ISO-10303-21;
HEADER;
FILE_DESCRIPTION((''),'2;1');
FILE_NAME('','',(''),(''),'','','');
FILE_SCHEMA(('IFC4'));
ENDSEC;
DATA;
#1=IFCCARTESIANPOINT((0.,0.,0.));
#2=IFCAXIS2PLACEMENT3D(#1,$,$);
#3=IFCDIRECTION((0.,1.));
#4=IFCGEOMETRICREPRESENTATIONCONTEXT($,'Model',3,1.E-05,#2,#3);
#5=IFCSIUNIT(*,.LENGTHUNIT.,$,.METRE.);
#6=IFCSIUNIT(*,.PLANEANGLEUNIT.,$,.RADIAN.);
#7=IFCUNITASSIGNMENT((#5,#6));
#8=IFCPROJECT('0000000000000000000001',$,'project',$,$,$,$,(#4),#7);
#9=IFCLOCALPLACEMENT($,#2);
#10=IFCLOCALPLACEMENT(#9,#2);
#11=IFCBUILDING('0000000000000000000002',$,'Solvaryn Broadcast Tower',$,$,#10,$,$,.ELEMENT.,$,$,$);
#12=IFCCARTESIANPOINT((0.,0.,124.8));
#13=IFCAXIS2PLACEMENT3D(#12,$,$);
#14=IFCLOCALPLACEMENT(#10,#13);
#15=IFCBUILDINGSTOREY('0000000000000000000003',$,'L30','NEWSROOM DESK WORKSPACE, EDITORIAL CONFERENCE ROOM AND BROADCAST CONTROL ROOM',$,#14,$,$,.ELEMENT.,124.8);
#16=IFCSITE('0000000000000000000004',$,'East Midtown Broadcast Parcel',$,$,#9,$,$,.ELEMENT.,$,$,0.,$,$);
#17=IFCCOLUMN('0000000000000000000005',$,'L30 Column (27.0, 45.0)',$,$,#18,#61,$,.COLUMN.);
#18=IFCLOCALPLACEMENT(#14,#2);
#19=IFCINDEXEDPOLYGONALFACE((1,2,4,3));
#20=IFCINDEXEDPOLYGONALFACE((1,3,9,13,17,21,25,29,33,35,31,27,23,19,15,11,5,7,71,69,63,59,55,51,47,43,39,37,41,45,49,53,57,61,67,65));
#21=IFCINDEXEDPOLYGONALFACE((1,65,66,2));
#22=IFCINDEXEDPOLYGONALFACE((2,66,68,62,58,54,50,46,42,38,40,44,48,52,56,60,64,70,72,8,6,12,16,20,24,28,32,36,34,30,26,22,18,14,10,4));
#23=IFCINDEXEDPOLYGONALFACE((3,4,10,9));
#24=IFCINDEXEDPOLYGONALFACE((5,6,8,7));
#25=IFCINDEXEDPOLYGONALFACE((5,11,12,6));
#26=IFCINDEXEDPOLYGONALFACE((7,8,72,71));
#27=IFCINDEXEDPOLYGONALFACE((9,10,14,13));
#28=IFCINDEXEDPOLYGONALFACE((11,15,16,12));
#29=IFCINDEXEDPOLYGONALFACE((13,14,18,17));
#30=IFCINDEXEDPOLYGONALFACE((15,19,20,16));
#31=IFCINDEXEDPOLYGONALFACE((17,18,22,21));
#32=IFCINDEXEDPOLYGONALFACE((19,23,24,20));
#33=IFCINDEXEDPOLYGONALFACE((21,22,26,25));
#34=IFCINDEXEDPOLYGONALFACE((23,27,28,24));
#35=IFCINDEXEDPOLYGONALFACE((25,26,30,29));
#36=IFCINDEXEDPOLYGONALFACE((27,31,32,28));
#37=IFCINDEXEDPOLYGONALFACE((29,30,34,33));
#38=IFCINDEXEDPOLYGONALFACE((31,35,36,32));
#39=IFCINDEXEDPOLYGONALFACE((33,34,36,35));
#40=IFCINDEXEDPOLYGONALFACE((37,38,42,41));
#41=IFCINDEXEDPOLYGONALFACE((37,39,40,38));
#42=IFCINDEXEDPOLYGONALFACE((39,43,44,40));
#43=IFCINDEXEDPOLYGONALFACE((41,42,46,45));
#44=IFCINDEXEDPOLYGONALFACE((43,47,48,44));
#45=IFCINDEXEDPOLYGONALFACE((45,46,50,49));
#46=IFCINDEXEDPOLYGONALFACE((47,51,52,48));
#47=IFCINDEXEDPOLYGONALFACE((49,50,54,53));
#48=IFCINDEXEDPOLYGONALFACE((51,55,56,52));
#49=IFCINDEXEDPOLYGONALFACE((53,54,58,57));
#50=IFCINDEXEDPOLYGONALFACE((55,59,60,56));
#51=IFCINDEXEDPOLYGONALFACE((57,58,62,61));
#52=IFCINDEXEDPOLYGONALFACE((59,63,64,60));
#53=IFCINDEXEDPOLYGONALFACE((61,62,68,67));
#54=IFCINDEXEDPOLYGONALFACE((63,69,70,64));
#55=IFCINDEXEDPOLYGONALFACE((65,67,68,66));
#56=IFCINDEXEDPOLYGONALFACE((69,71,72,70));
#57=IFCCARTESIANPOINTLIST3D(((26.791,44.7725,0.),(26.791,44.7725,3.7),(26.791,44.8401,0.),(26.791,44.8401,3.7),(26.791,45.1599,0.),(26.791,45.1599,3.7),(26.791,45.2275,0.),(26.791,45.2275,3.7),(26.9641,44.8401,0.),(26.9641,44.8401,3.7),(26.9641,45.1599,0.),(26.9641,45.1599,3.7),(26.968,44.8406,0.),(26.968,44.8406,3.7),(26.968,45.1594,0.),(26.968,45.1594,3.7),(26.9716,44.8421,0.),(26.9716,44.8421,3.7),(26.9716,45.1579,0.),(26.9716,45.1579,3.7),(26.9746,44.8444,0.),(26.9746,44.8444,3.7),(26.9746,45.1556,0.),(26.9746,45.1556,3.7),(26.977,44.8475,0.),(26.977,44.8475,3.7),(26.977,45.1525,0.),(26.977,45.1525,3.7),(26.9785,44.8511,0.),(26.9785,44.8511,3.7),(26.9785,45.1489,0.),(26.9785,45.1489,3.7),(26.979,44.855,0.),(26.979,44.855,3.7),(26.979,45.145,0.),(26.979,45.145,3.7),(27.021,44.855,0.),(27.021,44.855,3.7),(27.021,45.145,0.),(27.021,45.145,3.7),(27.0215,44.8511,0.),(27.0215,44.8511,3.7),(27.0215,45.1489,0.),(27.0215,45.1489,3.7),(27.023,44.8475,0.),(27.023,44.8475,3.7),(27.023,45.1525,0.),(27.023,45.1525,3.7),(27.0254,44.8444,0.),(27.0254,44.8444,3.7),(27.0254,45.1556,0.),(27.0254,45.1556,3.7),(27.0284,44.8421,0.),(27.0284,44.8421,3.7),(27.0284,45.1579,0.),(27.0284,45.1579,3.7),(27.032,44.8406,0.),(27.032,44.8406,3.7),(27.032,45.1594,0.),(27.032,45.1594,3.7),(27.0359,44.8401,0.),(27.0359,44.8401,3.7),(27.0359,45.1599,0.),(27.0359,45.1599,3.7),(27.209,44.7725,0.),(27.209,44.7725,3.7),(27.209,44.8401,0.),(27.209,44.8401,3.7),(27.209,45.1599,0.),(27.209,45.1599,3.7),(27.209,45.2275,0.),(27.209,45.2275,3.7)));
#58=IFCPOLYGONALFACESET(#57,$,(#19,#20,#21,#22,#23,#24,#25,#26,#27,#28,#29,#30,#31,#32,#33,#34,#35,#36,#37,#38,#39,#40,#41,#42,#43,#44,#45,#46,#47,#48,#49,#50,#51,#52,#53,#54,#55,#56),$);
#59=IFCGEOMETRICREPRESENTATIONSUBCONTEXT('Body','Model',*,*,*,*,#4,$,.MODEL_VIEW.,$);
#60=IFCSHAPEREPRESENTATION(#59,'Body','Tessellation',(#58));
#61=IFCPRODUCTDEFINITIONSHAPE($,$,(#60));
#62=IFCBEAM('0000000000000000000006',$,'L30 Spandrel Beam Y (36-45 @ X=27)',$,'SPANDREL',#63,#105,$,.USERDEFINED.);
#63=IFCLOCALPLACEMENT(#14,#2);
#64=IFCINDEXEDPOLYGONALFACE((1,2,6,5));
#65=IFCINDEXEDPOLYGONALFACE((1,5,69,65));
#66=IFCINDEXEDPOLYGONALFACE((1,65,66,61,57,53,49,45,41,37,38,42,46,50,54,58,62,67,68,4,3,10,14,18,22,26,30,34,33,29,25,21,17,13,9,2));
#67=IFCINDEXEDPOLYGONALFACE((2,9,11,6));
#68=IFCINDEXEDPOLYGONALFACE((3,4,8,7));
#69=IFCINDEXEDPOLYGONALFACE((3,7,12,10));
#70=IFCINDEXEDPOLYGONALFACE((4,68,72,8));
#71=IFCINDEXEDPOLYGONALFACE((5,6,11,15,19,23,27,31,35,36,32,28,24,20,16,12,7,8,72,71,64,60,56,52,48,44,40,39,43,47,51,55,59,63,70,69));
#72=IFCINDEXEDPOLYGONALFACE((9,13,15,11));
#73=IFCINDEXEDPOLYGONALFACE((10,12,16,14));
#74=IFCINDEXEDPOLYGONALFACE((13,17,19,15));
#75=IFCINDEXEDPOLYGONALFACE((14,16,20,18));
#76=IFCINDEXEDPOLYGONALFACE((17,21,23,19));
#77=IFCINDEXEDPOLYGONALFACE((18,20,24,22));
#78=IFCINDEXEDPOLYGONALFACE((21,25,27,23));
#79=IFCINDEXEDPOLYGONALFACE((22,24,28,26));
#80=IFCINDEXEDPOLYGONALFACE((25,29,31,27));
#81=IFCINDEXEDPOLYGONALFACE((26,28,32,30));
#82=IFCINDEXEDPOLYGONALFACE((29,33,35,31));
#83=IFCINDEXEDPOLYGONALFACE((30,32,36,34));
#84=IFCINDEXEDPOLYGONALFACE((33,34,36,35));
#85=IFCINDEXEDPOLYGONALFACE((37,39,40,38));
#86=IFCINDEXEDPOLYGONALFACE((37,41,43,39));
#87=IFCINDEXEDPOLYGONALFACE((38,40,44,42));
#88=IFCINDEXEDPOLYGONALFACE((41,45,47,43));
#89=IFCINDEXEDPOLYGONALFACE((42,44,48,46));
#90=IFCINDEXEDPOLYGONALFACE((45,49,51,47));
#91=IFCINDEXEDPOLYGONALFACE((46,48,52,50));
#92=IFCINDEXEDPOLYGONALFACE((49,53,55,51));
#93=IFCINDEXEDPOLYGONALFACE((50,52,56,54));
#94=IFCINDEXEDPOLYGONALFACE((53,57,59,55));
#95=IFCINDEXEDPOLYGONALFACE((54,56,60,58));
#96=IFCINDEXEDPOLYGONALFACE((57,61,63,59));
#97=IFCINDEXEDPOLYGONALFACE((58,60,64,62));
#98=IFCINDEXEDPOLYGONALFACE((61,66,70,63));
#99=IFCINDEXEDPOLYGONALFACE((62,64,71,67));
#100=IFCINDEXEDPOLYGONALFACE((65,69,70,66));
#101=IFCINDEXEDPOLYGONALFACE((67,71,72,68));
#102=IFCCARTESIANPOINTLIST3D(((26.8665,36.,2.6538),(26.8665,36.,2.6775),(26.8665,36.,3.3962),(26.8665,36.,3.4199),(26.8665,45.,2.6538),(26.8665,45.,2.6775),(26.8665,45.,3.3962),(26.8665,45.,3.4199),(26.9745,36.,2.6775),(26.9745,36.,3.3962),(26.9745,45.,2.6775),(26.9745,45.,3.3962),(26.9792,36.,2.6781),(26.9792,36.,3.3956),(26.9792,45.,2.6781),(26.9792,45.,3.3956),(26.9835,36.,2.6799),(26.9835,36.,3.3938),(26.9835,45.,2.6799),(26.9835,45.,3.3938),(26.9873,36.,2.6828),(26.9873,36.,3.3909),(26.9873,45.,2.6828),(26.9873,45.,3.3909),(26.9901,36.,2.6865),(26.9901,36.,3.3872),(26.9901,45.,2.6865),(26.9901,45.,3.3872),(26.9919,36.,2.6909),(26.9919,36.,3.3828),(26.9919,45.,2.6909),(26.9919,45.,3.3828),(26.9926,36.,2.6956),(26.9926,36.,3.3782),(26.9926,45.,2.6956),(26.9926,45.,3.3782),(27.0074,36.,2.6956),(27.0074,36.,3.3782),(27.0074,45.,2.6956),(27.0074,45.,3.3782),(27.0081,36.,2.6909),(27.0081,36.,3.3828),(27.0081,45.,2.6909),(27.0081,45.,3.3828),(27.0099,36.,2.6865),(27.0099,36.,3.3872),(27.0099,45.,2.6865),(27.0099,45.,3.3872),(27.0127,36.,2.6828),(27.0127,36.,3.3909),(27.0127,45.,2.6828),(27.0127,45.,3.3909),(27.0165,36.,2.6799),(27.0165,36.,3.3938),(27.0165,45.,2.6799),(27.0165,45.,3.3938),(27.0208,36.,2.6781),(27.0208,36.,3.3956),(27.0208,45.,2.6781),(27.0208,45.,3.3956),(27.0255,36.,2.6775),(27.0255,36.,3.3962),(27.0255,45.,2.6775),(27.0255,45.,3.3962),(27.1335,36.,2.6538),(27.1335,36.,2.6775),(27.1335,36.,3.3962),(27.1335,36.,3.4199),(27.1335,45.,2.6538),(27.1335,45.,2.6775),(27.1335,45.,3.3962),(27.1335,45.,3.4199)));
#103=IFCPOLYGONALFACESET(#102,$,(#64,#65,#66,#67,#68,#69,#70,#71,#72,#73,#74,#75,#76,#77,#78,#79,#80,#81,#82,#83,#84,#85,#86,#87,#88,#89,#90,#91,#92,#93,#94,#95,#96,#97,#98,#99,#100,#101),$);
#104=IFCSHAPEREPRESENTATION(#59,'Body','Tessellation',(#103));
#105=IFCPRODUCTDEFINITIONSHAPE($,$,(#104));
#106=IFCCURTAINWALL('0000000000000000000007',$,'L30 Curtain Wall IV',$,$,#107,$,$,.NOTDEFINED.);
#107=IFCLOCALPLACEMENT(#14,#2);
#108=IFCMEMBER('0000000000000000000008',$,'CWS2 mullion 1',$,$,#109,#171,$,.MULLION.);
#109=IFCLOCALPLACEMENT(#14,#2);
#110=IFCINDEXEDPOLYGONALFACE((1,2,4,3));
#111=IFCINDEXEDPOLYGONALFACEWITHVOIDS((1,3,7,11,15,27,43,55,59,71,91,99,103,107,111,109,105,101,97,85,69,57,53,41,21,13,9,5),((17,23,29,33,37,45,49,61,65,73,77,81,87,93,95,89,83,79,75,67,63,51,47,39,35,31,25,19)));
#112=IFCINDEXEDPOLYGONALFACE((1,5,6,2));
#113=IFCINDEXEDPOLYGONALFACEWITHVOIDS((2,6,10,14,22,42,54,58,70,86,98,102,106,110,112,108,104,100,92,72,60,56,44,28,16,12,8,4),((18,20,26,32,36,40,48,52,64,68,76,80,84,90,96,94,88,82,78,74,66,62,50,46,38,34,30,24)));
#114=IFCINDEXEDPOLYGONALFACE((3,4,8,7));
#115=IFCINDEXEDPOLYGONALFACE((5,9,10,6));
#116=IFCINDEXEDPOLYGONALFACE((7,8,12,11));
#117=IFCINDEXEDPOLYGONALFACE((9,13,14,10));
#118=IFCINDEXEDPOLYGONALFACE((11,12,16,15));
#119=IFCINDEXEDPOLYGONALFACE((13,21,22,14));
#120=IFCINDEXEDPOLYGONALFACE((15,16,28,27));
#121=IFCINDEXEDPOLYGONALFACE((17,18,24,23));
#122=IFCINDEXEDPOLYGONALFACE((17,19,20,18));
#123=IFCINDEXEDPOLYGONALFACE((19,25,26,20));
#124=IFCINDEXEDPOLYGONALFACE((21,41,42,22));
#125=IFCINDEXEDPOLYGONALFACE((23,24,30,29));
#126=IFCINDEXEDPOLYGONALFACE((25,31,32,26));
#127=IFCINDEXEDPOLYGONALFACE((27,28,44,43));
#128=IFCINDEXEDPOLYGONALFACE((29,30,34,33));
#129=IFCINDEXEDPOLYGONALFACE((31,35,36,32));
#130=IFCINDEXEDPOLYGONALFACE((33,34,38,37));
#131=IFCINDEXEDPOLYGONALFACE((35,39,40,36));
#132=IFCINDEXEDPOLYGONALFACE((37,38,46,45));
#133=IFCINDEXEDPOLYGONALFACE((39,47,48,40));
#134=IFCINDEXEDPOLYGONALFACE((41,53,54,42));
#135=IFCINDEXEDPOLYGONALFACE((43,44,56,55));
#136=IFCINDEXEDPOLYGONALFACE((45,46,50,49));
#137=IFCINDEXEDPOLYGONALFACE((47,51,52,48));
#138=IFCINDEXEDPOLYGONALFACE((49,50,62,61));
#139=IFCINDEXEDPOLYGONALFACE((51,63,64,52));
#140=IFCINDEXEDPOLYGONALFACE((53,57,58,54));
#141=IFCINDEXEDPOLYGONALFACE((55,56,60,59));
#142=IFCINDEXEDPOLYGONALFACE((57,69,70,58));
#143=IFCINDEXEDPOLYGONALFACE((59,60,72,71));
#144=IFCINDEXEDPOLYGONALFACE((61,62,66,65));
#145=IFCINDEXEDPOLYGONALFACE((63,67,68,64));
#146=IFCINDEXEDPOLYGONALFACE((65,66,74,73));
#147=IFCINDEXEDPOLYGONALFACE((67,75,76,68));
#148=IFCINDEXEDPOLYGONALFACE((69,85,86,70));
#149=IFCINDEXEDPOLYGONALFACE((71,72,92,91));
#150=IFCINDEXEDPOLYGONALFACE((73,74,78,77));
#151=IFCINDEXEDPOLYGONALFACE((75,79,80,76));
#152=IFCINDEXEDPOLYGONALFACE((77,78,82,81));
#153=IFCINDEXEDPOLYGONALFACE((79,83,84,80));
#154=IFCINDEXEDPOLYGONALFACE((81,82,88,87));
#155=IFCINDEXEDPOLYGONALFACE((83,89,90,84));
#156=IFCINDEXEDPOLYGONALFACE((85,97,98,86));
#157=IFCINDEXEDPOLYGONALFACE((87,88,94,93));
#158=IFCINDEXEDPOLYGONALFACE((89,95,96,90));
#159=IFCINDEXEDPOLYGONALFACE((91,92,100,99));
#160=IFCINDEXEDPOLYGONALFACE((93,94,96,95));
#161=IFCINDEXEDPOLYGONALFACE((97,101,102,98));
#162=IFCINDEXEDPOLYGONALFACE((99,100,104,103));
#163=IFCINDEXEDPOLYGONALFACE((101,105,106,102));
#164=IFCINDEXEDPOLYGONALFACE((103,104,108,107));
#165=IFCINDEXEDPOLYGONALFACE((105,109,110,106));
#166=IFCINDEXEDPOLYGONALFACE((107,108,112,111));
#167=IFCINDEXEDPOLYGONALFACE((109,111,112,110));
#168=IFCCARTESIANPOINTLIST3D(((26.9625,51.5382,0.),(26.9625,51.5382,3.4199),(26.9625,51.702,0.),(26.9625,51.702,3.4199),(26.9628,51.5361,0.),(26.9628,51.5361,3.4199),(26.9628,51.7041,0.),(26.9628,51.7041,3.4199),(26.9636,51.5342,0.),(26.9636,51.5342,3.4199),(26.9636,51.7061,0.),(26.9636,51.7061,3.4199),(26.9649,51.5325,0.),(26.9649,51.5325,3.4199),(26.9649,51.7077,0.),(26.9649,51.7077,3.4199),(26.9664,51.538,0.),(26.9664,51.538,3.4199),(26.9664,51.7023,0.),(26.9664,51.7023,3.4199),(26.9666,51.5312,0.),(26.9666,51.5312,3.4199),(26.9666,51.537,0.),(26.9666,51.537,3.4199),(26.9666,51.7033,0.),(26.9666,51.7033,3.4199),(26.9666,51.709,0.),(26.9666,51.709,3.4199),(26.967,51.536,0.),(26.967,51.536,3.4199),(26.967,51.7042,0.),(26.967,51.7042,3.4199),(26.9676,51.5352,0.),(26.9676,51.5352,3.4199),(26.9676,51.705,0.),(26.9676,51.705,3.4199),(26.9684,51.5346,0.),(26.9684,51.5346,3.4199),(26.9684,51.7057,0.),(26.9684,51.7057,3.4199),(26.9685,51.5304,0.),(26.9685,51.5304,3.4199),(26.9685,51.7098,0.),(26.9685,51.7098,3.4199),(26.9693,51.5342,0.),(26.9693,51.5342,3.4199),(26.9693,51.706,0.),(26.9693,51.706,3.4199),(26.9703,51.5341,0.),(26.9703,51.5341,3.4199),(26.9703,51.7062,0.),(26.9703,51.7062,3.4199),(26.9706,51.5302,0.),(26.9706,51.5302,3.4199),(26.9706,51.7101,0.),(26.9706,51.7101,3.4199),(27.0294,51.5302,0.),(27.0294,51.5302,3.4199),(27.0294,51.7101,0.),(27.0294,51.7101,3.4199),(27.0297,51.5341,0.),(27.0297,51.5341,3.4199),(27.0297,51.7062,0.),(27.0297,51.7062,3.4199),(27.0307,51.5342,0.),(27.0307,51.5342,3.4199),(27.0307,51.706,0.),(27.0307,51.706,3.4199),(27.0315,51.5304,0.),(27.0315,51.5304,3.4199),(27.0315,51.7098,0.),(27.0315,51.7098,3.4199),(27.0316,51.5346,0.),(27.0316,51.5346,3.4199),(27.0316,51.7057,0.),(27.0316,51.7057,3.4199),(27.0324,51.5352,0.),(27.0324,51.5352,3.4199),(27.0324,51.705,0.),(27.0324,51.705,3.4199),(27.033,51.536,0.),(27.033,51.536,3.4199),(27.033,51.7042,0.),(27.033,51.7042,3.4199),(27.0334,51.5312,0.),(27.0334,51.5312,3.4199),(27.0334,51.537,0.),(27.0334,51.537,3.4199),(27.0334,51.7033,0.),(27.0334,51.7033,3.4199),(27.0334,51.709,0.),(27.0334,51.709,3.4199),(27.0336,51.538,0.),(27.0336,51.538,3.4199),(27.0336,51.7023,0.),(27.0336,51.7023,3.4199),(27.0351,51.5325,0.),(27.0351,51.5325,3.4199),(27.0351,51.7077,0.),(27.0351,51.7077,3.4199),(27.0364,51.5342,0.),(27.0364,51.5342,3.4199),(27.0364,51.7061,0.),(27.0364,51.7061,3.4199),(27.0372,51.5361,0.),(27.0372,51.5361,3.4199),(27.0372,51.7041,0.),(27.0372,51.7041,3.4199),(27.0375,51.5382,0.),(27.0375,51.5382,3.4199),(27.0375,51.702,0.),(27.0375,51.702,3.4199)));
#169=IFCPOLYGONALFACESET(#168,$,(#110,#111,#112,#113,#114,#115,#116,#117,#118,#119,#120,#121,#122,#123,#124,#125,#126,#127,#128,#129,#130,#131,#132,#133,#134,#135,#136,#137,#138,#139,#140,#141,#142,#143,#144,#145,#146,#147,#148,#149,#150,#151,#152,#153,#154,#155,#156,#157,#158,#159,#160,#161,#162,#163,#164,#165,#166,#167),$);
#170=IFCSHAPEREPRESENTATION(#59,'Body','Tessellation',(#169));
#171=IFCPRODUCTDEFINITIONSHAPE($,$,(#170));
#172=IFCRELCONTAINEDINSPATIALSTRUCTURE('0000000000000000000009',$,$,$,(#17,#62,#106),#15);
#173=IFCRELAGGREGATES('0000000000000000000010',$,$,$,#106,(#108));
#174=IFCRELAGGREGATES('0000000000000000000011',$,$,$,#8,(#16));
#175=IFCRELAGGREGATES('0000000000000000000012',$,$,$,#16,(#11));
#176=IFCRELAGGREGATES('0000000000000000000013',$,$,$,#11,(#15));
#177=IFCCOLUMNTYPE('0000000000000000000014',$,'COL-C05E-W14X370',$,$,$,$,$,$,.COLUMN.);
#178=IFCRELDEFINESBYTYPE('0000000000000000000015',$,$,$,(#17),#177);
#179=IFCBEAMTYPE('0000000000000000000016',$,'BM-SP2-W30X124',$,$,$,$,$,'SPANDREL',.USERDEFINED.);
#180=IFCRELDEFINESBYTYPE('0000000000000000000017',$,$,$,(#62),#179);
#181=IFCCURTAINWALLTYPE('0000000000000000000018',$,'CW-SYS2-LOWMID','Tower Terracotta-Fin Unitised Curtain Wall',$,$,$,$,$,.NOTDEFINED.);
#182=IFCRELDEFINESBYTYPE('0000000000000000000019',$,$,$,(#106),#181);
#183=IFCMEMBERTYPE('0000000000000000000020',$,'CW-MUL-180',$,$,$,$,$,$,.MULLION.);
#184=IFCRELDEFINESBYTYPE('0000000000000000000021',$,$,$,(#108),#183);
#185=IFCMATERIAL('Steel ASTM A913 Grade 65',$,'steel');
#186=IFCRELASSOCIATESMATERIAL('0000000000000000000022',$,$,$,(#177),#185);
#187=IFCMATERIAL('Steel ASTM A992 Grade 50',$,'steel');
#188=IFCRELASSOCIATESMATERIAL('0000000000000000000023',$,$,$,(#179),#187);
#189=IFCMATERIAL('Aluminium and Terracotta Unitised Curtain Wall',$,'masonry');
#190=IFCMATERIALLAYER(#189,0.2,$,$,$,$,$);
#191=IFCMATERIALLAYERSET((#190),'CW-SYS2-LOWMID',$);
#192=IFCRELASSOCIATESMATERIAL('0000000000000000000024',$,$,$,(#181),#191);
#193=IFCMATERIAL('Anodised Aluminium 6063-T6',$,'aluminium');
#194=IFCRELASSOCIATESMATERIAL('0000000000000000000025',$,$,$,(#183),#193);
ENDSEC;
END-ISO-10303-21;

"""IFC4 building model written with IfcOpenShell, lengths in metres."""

from ifc_helpers import new_model, si_unit, direction, frame, origin, origin_2d, place, context, subcontext, project, spatial, hollow_rectangle, i_section, extrude, material, layer, layer_set, material_profile, profile_set, type_object, element, aggregate, save


model = new_model("IFC4")

# Units and contexts
model_context = context("Model", 3, precision=1e-05, world=origin(), true_north=direction((0.0, 1.0)))
body_context = subcontext(model_context, "Body", "Model", "MODEL_VIEW")
ifc_project = project(units=[si_unit("LENGTHUNIT", "METRE"), si_unit("PLANEANGLEUNIT", "RADIAN")], contexts=[model_context])

# Site, building, storey
site_placement = place(None, origin())
site = spatial("IfcSite", under=ifc_project, at=site_placement, Name="East Midtown Broadcast Parcel", CompositionType="ELEMENT", RefElevation=0.0)
building_placement = place(site_placement, origin())
building = spatial("IfcBuilding", under=site, at=building_placement, Name="Solvaryn Broadcast Tower", CompositionType="ELEMENT")
storey_placement = place(building_placement, frame((0.0, 0.0, 124.8)))
storey = spatial("IfcBuildingStorey", under=building, at=storey_placement, Name="L30", Description="NEWSROOM DESK WORKSPACE, EDITORIAL CONFERENCE ROOM AND BROADCAST CONTROL ROOM", CompositionType="ELEMENT", Elevation=124.8)

# Column
ifc_material_1 = material(Name="Steel ASTM A913 Grade 65", Category="steel")
ifc_material_profile_1 = material_profile(ifc_material_1, i_section(OverallWidth=0.418, OverallDepth=0.4551, WebThickness=0.042, FlangeThickness=0.0676, FilletRadius=0.0149, at=origin_2d()))
ifc_profile_set_1 = profile_set([ifc_material_profile_1], Name="Steel ASTM A913 Grade 65")
column_type = type_object("IfcColumnType", Name="COL-C05E-W14X370", PredefinedType="COLUMN", material=ifc_profile_set_1)
column_placement = place(storey_placement, frame((27.0, 45.0, 0.0), z_axis=(0.0, 0.0, 1.0), x_axis=(1.0, 0.0, 0.0)))
element("IfcColumn", 1, at=column_placement, inside=storey, type_object=column_type, Name="L30 Column (27.0, 45.0)", PredefinedType="COLUMN", context=body_context, shape_type="SweptSolid", body=[
    extrude(i_section(OverallWidth=0.418, OverallDepth=0.4551, WebThickness=0.042, FlangeThickness=0.0676, FilletRadius=0.0149, at=origin_2d()), origin(), (0.0, 0.0, 1.0), 3.7),
])

# Beam
ifc_material_2 = material(Name="Steel ASTM A992 Grade 50", Category="steel")
ifc_material_profile_2 = material_profile(ifc_material_2, i_section(OverallWidth=0.2671, OverallDepth=0.7661, WebThickness=0.0149, FlangeThickness=0.0237, FilletRadius=0.0181, at=origin_2d()))
ifc_profile_set_2 = profile_set([ifc_material_profile_2], Name="Steel ASTM A992 Grade 50")
beam_type = type_object("IfcBeamType", Name="BM-SP2-W30X124", ElementType="SPANDREL", PredefinedType="USERDEFINED", material=ifc_profile_set_2)
beam_placement = place(storey_placement, frame((27.0, 36.0, 3.0369), z_axis=(0.0, 1.0, 0.0), x_axis=(-1.0, 0.0, 0.0)))
element("IfcBeam", 2, at=beam_placement, inside=storey, type_object=beam_type, Name="L30 Spandrel Beam Y (36-45 @ X=27)", ObjectType="SPANDREL", PredefinedType="USERDEFINED", context=body_context, shape_type="SweptSolid", body=[
    extrude(i_section(OverallWidth=0.2671, OverallDepth=0.7661, WebThickness=0.0149, FlangeThickness=0.0237, FilletRadius=0.0181, at=origin_2d()), origin(), (0.0, 0.0, 1.0), 9.0),
])

# Curtain wall, member
ifc_material_3 = material(Name="Aluminium and Terracotta Unitised Curtain Wall", Category="masonry")
ifc_layer_1 = layer(ifc_material_3, 0.2)
ifc_layer_set_1 = layer_set([ifc_layer_1], Name="CW-SYS2-LOWMID")
curtain_wall_type = type_object("IfcCurtainWallType", Name="CW-SYS2-LOWMID", Description="Tower Terracotta-Fin Unitised Curtain Wall", PredefinedType="NOTDEFINED", material=ifc_layer_set_1)
curtain_wall_1_placement = place(storey_placement, origin())
curtain_wall_1 = element("IfcCurtainWall", 3, at=curtain_wall_1_placement, inside=storey, type_object=curtain_wall_type, Name="L30 Curtain Wall IV", PredefinedType="NOTDEFINED")
ifc_material_4 = material(Name="Anodised Aluminium 6063-T6", Category="aluminium")
ifc_material_profile_3 = material_profile(ifc_material_4, hollow_rectangle(XDim=0.075, YDim=0.1799, WallThickness=0.0039, InnerFilletRadius=0.0039, OuterFilletRadius=0.0081, at=origin_2d()))
ifc_profile_set_3 = profile_set([ifc_material_profile_3], Name="Anodised Aluminium 6063-T6")
member_type_1 = type_object("IfcMemberType", Name="CW-MUL-180", PredefinedType="MULLION", material=ifc_profile_set_3)
member_1_placement = place(storey_placement, frame((27.0, 51.6201, 0.0), z_axis=(0.0, 0.0, 1.0), x_axis=(1.0, 0.0, 0.0)))
member_1 = element("IfcMember", 4, at=member_1_placement, type_object=member_type_1, Name="CWS2 mullion 1", PredefinedType="MULLION", context=body_context, shape_type="SweptSolid", body=[
    extrude(hollow_rectangle(XDim=0.075, YDim=0.1799, WallThickness=0.0039, InnerFilletRadius=0.0039, OuterFilletRadius=0.0081, at=origin_2d()), origin(), (0.0, 0.0, 1.0), 3.4199),
])

aggregate(curtain_wall_1, [member_1])

save(model, "model.ifc")
